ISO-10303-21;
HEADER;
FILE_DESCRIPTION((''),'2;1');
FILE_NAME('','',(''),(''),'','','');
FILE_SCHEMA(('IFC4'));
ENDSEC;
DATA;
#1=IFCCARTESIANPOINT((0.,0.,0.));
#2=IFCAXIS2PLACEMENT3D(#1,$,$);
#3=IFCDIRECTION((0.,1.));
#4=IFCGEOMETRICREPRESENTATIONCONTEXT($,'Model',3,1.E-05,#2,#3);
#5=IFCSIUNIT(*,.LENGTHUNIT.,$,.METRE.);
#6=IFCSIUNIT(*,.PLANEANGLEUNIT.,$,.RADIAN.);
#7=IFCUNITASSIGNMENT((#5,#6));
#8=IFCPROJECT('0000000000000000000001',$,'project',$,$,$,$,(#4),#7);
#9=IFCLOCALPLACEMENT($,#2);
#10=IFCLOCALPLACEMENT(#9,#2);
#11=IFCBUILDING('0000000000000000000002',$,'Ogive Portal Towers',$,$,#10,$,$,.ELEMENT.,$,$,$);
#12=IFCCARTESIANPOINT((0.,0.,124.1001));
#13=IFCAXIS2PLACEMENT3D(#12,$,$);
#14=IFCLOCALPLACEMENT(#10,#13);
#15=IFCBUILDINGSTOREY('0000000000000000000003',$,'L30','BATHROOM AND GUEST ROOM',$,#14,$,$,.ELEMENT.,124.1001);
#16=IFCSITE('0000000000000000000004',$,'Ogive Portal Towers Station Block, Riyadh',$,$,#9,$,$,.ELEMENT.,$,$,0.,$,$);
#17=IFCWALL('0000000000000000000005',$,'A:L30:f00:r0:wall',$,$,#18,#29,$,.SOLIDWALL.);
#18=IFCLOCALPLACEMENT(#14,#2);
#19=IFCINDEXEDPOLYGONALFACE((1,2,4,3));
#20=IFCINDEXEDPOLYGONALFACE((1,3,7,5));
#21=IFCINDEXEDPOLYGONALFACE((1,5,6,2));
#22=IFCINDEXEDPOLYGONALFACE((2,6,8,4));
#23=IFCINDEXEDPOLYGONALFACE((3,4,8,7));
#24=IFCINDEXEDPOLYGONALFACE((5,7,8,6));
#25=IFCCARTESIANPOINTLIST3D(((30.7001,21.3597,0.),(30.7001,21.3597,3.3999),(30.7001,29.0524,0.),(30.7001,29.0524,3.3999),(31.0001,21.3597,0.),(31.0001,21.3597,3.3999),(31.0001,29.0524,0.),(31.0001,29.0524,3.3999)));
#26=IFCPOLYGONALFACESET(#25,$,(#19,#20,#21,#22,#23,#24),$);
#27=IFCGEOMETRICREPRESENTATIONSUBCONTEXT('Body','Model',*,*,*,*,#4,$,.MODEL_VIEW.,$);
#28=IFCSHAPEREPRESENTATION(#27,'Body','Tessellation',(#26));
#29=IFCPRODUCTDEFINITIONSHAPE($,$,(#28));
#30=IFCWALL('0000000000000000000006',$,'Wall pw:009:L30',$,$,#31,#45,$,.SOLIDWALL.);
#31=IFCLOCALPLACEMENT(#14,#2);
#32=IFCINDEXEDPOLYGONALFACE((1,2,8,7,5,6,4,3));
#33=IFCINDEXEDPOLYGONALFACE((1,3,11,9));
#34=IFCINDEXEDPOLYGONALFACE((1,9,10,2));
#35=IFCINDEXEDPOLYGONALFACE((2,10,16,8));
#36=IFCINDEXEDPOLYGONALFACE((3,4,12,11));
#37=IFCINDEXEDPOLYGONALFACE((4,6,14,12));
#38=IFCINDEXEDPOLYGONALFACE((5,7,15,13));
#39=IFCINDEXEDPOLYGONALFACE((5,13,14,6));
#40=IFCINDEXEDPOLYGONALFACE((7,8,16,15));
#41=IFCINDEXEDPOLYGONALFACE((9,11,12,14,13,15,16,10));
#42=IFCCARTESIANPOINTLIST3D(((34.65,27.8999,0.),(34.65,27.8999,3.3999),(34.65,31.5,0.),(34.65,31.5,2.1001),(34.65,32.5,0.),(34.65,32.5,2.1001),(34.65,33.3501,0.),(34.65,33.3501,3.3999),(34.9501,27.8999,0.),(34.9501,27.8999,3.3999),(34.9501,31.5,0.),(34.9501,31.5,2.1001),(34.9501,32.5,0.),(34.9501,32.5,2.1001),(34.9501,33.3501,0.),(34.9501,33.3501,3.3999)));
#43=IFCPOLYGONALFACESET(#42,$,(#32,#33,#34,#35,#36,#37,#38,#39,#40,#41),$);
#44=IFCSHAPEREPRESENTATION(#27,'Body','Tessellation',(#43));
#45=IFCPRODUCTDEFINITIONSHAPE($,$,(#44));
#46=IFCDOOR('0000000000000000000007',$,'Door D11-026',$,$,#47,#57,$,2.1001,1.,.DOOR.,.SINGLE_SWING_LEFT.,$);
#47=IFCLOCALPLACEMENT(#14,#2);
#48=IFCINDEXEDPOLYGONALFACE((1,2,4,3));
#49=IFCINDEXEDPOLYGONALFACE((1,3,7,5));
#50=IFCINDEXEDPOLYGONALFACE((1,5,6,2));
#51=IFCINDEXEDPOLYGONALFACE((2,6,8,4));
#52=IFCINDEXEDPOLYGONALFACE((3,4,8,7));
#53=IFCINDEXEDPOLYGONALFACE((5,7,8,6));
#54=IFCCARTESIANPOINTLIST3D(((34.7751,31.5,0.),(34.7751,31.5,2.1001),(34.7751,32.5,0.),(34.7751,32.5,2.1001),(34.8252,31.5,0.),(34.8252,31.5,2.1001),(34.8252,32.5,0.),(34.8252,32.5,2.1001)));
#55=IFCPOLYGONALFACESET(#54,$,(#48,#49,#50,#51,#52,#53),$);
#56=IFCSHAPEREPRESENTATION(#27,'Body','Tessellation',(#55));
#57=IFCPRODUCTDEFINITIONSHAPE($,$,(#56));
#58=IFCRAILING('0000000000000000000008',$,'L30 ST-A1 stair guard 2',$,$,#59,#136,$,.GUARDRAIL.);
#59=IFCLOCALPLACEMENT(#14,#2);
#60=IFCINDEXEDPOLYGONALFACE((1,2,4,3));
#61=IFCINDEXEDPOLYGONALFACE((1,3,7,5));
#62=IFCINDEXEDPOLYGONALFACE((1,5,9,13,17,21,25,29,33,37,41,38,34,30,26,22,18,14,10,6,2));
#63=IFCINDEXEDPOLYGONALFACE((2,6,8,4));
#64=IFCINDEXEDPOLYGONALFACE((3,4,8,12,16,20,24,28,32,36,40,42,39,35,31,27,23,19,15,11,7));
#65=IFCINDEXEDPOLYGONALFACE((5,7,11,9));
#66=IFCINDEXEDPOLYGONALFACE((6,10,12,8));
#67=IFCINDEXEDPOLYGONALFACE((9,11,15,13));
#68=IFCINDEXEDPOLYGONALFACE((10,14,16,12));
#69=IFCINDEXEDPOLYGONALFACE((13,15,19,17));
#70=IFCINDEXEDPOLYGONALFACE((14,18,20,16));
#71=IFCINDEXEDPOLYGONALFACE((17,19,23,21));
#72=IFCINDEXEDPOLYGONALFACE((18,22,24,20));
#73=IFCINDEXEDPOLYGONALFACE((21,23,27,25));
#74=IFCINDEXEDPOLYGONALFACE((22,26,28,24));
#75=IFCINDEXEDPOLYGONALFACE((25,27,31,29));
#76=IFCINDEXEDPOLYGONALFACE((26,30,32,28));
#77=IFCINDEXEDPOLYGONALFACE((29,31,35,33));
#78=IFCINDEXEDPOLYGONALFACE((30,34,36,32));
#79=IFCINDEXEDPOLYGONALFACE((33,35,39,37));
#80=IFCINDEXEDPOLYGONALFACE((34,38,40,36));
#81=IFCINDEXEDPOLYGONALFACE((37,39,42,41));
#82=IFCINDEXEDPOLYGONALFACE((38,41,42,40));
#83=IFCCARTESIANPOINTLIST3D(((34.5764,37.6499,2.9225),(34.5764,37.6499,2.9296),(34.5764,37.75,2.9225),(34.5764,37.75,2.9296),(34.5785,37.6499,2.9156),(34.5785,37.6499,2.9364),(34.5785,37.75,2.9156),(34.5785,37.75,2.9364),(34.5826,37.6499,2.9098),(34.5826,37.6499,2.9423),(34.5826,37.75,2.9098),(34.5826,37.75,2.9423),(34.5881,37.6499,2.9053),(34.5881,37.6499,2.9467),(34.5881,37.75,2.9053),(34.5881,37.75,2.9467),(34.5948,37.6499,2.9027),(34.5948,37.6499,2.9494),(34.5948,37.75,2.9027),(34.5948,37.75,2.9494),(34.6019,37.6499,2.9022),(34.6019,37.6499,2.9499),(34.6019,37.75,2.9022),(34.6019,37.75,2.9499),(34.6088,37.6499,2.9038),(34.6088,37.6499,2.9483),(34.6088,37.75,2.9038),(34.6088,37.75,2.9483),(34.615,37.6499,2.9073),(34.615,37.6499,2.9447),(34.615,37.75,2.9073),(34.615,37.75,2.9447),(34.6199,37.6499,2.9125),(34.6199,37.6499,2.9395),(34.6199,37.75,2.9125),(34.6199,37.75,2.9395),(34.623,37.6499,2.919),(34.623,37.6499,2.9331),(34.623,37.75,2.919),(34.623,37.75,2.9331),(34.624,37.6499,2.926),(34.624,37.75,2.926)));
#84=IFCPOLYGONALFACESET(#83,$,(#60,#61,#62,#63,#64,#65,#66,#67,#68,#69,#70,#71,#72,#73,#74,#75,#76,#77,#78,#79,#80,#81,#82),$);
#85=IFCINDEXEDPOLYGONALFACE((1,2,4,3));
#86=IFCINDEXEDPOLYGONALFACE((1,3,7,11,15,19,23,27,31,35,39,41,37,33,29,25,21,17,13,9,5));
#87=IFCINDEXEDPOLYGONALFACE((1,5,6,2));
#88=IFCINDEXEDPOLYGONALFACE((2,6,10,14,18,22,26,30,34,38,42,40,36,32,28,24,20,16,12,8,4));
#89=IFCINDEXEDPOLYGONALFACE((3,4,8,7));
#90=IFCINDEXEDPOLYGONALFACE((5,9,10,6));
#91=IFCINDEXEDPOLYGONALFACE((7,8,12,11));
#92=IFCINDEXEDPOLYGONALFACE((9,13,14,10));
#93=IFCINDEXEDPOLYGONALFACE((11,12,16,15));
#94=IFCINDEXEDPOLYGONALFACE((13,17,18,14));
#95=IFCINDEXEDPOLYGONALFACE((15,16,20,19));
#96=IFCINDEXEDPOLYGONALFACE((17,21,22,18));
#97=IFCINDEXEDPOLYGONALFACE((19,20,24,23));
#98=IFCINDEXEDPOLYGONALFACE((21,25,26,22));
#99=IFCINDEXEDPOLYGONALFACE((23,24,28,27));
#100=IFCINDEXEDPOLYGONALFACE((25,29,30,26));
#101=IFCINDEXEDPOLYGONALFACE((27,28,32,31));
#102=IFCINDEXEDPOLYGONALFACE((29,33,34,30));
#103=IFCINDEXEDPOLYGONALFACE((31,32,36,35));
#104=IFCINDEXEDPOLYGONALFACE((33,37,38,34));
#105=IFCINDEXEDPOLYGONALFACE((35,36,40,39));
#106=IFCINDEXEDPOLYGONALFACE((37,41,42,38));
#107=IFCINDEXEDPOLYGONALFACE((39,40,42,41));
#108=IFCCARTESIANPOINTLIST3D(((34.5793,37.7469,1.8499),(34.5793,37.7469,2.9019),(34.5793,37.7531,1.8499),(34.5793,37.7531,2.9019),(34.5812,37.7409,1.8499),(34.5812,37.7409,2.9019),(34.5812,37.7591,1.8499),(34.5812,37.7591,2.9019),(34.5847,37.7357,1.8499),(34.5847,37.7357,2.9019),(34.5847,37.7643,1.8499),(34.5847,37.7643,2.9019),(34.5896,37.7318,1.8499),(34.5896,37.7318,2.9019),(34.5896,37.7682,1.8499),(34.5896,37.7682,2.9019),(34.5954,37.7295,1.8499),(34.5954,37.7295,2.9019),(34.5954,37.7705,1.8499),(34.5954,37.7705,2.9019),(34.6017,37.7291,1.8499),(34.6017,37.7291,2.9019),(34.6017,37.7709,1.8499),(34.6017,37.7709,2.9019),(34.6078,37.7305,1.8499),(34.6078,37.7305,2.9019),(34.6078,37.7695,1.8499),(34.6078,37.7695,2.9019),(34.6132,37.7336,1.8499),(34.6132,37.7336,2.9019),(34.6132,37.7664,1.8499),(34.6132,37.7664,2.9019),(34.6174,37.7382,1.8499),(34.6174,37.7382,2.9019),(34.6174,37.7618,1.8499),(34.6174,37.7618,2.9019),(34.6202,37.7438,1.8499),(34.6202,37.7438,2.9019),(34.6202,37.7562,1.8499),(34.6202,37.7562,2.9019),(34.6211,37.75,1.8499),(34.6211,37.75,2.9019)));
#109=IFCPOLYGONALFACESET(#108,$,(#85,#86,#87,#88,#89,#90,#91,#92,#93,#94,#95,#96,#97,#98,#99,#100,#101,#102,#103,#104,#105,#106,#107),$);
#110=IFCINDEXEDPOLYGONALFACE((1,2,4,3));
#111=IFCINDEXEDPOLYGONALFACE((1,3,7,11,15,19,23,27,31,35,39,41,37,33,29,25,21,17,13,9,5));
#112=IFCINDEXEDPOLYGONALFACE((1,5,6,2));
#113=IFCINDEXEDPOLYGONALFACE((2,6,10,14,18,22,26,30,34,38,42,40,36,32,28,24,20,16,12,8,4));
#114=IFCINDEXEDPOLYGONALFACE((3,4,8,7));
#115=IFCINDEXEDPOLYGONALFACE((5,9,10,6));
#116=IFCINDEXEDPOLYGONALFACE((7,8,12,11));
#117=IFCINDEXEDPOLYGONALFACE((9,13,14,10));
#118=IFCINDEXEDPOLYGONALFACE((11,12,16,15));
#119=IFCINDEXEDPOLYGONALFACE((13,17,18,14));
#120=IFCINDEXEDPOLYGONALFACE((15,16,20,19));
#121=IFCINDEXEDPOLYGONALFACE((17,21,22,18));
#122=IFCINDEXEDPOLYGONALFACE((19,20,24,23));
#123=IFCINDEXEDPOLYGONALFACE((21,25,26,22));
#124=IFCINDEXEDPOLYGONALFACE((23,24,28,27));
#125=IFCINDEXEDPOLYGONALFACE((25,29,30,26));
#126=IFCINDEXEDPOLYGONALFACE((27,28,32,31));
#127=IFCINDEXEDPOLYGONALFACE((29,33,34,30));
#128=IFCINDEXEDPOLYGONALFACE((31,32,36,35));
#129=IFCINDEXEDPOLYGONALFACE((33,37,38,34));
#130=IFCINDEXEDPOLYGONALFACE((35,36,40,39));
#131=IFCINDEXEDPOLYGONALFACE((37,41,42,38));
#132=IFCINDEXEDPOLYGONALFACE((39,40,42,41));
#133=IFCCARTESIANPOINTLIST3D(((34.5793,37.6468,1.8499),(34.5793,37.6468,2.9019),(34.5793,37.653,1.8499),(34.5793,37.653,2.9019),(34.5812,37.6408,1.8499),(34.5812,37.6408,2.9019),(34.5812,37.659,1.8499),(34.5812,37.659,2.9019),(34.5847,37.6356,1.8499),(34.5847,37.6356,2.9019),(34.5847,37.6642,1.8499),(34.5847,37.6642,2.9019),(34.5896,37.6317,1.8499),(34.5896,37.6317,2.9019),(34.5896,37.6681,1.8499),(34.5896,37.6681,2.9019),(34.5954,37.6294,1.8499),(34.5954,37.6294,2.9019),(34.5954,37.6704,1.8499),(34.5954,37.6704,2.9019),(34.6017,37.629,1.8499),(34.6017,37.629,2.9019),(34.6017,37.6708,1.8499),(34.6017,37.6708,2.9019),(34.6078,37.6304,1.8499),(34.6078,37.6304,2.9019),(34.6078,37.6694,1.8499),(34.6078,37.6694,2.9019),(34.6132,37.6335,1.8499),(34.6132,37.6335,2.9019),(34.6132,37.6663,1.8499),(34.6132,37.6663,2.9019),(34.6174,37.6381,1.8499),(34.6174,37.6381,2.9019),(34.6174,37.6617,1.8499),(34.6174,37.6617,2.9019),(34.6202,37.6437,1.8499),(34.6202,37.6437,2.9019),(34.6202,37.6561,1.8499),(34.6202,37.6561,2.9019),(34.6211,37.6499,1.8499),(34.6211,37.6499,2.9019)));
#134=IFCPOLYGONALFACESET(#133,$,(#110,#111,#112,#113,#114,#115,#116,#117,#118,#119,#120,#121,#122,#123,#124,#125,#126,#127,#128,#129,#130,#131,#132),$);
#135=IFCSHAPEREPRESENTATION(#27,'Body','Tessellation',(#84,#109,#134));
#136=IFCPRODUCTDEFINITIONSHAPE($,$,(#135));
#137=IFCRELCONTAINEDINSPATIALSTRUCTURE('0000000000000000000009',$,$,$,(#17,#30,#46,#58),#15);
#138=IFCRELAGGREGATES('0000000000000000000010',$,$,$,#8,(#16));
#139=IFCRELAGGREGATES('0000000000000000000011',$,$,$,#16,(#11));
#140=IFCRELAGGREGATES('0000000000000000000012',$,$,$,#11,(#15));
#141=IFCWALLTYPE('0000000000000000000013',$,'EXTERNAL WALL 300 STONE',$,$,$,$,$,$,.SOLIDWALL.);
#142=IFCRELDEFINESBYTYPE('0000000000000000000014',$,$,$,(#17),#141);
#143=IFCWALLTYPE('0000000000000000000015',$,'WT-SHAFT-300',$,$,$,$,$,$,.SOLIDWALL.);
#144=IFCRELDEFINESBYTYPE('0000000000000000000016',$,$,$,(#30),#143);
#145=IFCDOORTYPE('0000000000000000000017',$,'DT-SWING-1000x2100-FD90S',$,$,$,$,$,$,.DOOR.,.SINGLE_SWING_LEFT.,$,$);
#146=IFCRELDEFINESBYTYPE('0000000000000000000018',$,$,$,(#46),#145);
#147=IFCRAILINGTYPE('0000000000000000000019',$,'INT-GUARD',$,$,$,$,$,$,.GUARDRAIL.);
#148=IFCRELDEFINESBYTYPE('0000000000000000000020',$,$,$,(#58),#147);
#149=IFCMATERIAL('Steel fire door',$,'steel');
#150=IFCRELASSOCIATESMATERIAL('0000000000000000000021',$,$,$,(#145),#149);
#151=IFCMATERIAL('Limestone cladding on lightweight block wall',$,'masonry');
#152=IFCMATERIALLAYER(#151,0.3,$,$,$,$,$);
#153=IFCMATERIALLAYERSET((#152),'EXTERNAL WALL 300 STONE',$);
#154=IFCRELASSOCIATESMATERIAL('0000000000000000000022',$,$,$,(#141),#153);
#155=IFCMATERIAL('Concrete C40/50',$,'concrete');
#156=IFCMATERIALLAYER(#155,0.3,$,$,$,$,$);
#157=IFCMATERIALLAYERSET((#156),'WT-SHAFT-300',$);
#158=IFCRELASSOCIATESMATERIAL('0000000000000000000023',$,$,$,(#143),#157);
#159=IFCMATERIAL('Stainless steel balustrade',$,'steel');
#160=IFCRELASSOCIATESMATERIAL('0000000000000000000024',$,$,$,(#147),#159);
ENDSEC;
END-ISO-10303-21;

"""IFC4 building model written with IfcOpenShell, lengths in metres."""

from ifc_helpers import new_model, si_unit, direction, frame, frame_2d, origin, origin_2d, place, context, subcontext, project, spatial, rectangle, circle, extrude, material, layer, layer_set, type_object, element, fill, save


model = new_model("IFC4")

# Units and contexts
model_context = context("Model", 3, precision=1e-05, world=origin(), true_north=direction((0.0, 1.0)))
body_context = subcontext(model_context, "Body", "Model", "MODEL_VIEW")
ifc_project = project(units=[si_unit("LENGTHUNIT", "METRE"), si_unit("PLANEANGLEUNIT", "RADIAN")], contexts=[model_context])

# Site, building, storey
site_placement = place(None, origin())
site = spatial("IfcSite", under=ifc_project, at=site_placement, Name="Ogive Portal Towers Station Block, Riyadh", CompositionType="ELEMENT", RefElevation=0.0)
building_placement = place(site_placement, origin())
building = spatial("IfcBuilding", under=site, at=building_placement, Name="Ogive Portal Towers", CompositionType="ELEMENT")
storey_placement = place(building_placement, frame((0.0, 0.0, 124.1001)))
storey = spatial("IfcBuildingStorey", under=building, at=storey_placement, Name="L30", Description="BATHROOM AND GUEST ROOM", CompositionType="ELEMENT", Elevation=124.1001)

# Shared definitions
ifc_material_1 = material(Name="Concrete C40/50", Category="concrete")

# Shared definitions
ifc_material_2 = material(Name="Steel fire door", Category="steel")
door_type_1 = type_object("IfcDoorType", Name="DT-SWING-1000x2100-FD90S", OperationType="SINGLE_SWING_LEFT", PredefinedType="DOOR", material=ifc_material_2)

# Wall
ifc_material_3 = material(Name="Limestone cladding on lightweight block wall", Category="masonry")
ifc_layer_1 = layer(ifc_material_3, 0.3)
ifc_layer_set_1 = layer_set([ifc_layer_1], Name="EXTERNAL WALL 300 STONE")
wall_type_1 = type_object("IfcWallType", Name="EXTERNAL WALL 300 STONE", PredefinedType="SOLIDWALL", material=ifc_layer_set_1)
wall_1_placement = place(storey_placement, frame((30.8501, 29.0522, 0.0), z_axis=(0.0, 0.0, 1.0), x_axis=(0.0, -1.0, 0.0)))
element("IfcWall", 1, at=wall_1_placement, inside=storey, type_object=wall_type_1, Name="A:L30:f00:r0:wall", PredefinedType="SOLIDWALL", context=body_context, shape_type="SweptSolid", body=[
    extrude(rectangle(XDim=7.6926, YDim=0.3, at=frame_2d((3.8462, 0.0))), origin(), (0.0, 0.0, 1.0), 3.3999),
])

# Wall, opening, door
ifc_layer_2 = layer(ifc_material_1, 0.3)
ifc_layer_set_2 = layer_set([ifc_layer_2], Name="WT-SHAFT-300")
wall_type_2 = type_object("IfcWallType", Name="WT-SHAFT-300", PredefinedType="SOLIDWALL", material=ifc_layer_set_2)
wall_2_placement = place(storey_placement, frame((34.8, 27.8999, 0.0), z_axis=(0.0, 0.0, 1.0), x_axis=(0.0, 1.0, 0.0)))
wall_2 = element("IfcWall", 2, at=wall_2_placement, inside=storey, type_object=wall_type_2, Name="Wall pw:009:L30", PredefinedType="SOLIDWALL", context=body_context, shape_type="SweptSolid", body=[
    extrude(rectangle(XDim=5.4502, YDim=0.3, at=frame_2d((2.7251, 0.0))), origin(), (0.0, 0.0, 1.0), 3.3999),
])
opening_1_placement = place(wall_2_placement, frame((3.6001, 0.0, 0.0)))
opening_1 = element("IfcOpeningElement", 3, at=opening_1_placement, cuts=wall_2, PredefinedType="OPENING", context=body_context, shape_type="SweptSolid", body=[
    extrude(rectangle(XDim=1.0, YDim=2.1001, at=frame_2d((0.5, 1.05))), frame((0.0, 0.1602, 0.0), z_axis=(0.0, -1.0, 0.0), x_axis=(1.0, 0.0, 0.0)), (0.0, 0.0, 1.0), 0.3201),
])
door_1_placement = place(opening_1_placement, origin())
door_1 = element("IfcDoor", 4, at=door_1_placement, inside=storey, type_object=door_type_1, Name="Door D11-026", OperationType="SINGLE_SWING_LEFT", OverallHeight=2.1001, OverallWidth=1.0, PredefinedType="DOOR", context=body_context, shape_type="SweptSolid", body=[
    extrude(rectangle(XDim=1.0, YDim=2.1001, at=frame_2d((0.5, 1.05))), frame((0.0, 0.0249, 0.0), z_axis=(0.0, -1.0, 0.0), x_axis=(1.0, 0.0, 0.0)), (0.0, 0.0, 1.0), 0.05),
])
fill(opening_1, door_1)

# Railing
ifc_material_4 = material(Name="Stainless steel balustrade", Category="steel")
railing_type_1 = type_object("IfcRailingType", Name="INT-GUARD", PredefinedType="GUARDRAIL", material=ifc_material_4)
railing_1_placement = place(storey_placement, frame((34.6001, 37.75, 1.8499)))
element("IfcRailing", 5, at=railing_1_placement, inside=storey, type_object=railing_type_1, Name="L30 ST-A1 stair guard 2", PredefinedType="GUARDRAIL", context=body_context, shape_type="SweptSolid", body=[
    extrude(circle(Radius=0.0239, at=origin_2d()), frame((0.0, 0.0, 1.0762), z_axis=(0.0, -1.0, 0.0), x_axis=(1.0, 0.0, 0.0)), (0.0, 0.0, 1.0), 0.1001),
    extrude(circle(Radius=0.021, at=origin_2d()), origin(), (0.0, 0.0, 1.0), 1.052),
    extrude(circle(Radius=0.021, at=origin_2d()), frame((0.0, -0.1001, 0.0)), (0.0, 0.0, 1.0), 1.052),
])

save(model, "model.ifc")
